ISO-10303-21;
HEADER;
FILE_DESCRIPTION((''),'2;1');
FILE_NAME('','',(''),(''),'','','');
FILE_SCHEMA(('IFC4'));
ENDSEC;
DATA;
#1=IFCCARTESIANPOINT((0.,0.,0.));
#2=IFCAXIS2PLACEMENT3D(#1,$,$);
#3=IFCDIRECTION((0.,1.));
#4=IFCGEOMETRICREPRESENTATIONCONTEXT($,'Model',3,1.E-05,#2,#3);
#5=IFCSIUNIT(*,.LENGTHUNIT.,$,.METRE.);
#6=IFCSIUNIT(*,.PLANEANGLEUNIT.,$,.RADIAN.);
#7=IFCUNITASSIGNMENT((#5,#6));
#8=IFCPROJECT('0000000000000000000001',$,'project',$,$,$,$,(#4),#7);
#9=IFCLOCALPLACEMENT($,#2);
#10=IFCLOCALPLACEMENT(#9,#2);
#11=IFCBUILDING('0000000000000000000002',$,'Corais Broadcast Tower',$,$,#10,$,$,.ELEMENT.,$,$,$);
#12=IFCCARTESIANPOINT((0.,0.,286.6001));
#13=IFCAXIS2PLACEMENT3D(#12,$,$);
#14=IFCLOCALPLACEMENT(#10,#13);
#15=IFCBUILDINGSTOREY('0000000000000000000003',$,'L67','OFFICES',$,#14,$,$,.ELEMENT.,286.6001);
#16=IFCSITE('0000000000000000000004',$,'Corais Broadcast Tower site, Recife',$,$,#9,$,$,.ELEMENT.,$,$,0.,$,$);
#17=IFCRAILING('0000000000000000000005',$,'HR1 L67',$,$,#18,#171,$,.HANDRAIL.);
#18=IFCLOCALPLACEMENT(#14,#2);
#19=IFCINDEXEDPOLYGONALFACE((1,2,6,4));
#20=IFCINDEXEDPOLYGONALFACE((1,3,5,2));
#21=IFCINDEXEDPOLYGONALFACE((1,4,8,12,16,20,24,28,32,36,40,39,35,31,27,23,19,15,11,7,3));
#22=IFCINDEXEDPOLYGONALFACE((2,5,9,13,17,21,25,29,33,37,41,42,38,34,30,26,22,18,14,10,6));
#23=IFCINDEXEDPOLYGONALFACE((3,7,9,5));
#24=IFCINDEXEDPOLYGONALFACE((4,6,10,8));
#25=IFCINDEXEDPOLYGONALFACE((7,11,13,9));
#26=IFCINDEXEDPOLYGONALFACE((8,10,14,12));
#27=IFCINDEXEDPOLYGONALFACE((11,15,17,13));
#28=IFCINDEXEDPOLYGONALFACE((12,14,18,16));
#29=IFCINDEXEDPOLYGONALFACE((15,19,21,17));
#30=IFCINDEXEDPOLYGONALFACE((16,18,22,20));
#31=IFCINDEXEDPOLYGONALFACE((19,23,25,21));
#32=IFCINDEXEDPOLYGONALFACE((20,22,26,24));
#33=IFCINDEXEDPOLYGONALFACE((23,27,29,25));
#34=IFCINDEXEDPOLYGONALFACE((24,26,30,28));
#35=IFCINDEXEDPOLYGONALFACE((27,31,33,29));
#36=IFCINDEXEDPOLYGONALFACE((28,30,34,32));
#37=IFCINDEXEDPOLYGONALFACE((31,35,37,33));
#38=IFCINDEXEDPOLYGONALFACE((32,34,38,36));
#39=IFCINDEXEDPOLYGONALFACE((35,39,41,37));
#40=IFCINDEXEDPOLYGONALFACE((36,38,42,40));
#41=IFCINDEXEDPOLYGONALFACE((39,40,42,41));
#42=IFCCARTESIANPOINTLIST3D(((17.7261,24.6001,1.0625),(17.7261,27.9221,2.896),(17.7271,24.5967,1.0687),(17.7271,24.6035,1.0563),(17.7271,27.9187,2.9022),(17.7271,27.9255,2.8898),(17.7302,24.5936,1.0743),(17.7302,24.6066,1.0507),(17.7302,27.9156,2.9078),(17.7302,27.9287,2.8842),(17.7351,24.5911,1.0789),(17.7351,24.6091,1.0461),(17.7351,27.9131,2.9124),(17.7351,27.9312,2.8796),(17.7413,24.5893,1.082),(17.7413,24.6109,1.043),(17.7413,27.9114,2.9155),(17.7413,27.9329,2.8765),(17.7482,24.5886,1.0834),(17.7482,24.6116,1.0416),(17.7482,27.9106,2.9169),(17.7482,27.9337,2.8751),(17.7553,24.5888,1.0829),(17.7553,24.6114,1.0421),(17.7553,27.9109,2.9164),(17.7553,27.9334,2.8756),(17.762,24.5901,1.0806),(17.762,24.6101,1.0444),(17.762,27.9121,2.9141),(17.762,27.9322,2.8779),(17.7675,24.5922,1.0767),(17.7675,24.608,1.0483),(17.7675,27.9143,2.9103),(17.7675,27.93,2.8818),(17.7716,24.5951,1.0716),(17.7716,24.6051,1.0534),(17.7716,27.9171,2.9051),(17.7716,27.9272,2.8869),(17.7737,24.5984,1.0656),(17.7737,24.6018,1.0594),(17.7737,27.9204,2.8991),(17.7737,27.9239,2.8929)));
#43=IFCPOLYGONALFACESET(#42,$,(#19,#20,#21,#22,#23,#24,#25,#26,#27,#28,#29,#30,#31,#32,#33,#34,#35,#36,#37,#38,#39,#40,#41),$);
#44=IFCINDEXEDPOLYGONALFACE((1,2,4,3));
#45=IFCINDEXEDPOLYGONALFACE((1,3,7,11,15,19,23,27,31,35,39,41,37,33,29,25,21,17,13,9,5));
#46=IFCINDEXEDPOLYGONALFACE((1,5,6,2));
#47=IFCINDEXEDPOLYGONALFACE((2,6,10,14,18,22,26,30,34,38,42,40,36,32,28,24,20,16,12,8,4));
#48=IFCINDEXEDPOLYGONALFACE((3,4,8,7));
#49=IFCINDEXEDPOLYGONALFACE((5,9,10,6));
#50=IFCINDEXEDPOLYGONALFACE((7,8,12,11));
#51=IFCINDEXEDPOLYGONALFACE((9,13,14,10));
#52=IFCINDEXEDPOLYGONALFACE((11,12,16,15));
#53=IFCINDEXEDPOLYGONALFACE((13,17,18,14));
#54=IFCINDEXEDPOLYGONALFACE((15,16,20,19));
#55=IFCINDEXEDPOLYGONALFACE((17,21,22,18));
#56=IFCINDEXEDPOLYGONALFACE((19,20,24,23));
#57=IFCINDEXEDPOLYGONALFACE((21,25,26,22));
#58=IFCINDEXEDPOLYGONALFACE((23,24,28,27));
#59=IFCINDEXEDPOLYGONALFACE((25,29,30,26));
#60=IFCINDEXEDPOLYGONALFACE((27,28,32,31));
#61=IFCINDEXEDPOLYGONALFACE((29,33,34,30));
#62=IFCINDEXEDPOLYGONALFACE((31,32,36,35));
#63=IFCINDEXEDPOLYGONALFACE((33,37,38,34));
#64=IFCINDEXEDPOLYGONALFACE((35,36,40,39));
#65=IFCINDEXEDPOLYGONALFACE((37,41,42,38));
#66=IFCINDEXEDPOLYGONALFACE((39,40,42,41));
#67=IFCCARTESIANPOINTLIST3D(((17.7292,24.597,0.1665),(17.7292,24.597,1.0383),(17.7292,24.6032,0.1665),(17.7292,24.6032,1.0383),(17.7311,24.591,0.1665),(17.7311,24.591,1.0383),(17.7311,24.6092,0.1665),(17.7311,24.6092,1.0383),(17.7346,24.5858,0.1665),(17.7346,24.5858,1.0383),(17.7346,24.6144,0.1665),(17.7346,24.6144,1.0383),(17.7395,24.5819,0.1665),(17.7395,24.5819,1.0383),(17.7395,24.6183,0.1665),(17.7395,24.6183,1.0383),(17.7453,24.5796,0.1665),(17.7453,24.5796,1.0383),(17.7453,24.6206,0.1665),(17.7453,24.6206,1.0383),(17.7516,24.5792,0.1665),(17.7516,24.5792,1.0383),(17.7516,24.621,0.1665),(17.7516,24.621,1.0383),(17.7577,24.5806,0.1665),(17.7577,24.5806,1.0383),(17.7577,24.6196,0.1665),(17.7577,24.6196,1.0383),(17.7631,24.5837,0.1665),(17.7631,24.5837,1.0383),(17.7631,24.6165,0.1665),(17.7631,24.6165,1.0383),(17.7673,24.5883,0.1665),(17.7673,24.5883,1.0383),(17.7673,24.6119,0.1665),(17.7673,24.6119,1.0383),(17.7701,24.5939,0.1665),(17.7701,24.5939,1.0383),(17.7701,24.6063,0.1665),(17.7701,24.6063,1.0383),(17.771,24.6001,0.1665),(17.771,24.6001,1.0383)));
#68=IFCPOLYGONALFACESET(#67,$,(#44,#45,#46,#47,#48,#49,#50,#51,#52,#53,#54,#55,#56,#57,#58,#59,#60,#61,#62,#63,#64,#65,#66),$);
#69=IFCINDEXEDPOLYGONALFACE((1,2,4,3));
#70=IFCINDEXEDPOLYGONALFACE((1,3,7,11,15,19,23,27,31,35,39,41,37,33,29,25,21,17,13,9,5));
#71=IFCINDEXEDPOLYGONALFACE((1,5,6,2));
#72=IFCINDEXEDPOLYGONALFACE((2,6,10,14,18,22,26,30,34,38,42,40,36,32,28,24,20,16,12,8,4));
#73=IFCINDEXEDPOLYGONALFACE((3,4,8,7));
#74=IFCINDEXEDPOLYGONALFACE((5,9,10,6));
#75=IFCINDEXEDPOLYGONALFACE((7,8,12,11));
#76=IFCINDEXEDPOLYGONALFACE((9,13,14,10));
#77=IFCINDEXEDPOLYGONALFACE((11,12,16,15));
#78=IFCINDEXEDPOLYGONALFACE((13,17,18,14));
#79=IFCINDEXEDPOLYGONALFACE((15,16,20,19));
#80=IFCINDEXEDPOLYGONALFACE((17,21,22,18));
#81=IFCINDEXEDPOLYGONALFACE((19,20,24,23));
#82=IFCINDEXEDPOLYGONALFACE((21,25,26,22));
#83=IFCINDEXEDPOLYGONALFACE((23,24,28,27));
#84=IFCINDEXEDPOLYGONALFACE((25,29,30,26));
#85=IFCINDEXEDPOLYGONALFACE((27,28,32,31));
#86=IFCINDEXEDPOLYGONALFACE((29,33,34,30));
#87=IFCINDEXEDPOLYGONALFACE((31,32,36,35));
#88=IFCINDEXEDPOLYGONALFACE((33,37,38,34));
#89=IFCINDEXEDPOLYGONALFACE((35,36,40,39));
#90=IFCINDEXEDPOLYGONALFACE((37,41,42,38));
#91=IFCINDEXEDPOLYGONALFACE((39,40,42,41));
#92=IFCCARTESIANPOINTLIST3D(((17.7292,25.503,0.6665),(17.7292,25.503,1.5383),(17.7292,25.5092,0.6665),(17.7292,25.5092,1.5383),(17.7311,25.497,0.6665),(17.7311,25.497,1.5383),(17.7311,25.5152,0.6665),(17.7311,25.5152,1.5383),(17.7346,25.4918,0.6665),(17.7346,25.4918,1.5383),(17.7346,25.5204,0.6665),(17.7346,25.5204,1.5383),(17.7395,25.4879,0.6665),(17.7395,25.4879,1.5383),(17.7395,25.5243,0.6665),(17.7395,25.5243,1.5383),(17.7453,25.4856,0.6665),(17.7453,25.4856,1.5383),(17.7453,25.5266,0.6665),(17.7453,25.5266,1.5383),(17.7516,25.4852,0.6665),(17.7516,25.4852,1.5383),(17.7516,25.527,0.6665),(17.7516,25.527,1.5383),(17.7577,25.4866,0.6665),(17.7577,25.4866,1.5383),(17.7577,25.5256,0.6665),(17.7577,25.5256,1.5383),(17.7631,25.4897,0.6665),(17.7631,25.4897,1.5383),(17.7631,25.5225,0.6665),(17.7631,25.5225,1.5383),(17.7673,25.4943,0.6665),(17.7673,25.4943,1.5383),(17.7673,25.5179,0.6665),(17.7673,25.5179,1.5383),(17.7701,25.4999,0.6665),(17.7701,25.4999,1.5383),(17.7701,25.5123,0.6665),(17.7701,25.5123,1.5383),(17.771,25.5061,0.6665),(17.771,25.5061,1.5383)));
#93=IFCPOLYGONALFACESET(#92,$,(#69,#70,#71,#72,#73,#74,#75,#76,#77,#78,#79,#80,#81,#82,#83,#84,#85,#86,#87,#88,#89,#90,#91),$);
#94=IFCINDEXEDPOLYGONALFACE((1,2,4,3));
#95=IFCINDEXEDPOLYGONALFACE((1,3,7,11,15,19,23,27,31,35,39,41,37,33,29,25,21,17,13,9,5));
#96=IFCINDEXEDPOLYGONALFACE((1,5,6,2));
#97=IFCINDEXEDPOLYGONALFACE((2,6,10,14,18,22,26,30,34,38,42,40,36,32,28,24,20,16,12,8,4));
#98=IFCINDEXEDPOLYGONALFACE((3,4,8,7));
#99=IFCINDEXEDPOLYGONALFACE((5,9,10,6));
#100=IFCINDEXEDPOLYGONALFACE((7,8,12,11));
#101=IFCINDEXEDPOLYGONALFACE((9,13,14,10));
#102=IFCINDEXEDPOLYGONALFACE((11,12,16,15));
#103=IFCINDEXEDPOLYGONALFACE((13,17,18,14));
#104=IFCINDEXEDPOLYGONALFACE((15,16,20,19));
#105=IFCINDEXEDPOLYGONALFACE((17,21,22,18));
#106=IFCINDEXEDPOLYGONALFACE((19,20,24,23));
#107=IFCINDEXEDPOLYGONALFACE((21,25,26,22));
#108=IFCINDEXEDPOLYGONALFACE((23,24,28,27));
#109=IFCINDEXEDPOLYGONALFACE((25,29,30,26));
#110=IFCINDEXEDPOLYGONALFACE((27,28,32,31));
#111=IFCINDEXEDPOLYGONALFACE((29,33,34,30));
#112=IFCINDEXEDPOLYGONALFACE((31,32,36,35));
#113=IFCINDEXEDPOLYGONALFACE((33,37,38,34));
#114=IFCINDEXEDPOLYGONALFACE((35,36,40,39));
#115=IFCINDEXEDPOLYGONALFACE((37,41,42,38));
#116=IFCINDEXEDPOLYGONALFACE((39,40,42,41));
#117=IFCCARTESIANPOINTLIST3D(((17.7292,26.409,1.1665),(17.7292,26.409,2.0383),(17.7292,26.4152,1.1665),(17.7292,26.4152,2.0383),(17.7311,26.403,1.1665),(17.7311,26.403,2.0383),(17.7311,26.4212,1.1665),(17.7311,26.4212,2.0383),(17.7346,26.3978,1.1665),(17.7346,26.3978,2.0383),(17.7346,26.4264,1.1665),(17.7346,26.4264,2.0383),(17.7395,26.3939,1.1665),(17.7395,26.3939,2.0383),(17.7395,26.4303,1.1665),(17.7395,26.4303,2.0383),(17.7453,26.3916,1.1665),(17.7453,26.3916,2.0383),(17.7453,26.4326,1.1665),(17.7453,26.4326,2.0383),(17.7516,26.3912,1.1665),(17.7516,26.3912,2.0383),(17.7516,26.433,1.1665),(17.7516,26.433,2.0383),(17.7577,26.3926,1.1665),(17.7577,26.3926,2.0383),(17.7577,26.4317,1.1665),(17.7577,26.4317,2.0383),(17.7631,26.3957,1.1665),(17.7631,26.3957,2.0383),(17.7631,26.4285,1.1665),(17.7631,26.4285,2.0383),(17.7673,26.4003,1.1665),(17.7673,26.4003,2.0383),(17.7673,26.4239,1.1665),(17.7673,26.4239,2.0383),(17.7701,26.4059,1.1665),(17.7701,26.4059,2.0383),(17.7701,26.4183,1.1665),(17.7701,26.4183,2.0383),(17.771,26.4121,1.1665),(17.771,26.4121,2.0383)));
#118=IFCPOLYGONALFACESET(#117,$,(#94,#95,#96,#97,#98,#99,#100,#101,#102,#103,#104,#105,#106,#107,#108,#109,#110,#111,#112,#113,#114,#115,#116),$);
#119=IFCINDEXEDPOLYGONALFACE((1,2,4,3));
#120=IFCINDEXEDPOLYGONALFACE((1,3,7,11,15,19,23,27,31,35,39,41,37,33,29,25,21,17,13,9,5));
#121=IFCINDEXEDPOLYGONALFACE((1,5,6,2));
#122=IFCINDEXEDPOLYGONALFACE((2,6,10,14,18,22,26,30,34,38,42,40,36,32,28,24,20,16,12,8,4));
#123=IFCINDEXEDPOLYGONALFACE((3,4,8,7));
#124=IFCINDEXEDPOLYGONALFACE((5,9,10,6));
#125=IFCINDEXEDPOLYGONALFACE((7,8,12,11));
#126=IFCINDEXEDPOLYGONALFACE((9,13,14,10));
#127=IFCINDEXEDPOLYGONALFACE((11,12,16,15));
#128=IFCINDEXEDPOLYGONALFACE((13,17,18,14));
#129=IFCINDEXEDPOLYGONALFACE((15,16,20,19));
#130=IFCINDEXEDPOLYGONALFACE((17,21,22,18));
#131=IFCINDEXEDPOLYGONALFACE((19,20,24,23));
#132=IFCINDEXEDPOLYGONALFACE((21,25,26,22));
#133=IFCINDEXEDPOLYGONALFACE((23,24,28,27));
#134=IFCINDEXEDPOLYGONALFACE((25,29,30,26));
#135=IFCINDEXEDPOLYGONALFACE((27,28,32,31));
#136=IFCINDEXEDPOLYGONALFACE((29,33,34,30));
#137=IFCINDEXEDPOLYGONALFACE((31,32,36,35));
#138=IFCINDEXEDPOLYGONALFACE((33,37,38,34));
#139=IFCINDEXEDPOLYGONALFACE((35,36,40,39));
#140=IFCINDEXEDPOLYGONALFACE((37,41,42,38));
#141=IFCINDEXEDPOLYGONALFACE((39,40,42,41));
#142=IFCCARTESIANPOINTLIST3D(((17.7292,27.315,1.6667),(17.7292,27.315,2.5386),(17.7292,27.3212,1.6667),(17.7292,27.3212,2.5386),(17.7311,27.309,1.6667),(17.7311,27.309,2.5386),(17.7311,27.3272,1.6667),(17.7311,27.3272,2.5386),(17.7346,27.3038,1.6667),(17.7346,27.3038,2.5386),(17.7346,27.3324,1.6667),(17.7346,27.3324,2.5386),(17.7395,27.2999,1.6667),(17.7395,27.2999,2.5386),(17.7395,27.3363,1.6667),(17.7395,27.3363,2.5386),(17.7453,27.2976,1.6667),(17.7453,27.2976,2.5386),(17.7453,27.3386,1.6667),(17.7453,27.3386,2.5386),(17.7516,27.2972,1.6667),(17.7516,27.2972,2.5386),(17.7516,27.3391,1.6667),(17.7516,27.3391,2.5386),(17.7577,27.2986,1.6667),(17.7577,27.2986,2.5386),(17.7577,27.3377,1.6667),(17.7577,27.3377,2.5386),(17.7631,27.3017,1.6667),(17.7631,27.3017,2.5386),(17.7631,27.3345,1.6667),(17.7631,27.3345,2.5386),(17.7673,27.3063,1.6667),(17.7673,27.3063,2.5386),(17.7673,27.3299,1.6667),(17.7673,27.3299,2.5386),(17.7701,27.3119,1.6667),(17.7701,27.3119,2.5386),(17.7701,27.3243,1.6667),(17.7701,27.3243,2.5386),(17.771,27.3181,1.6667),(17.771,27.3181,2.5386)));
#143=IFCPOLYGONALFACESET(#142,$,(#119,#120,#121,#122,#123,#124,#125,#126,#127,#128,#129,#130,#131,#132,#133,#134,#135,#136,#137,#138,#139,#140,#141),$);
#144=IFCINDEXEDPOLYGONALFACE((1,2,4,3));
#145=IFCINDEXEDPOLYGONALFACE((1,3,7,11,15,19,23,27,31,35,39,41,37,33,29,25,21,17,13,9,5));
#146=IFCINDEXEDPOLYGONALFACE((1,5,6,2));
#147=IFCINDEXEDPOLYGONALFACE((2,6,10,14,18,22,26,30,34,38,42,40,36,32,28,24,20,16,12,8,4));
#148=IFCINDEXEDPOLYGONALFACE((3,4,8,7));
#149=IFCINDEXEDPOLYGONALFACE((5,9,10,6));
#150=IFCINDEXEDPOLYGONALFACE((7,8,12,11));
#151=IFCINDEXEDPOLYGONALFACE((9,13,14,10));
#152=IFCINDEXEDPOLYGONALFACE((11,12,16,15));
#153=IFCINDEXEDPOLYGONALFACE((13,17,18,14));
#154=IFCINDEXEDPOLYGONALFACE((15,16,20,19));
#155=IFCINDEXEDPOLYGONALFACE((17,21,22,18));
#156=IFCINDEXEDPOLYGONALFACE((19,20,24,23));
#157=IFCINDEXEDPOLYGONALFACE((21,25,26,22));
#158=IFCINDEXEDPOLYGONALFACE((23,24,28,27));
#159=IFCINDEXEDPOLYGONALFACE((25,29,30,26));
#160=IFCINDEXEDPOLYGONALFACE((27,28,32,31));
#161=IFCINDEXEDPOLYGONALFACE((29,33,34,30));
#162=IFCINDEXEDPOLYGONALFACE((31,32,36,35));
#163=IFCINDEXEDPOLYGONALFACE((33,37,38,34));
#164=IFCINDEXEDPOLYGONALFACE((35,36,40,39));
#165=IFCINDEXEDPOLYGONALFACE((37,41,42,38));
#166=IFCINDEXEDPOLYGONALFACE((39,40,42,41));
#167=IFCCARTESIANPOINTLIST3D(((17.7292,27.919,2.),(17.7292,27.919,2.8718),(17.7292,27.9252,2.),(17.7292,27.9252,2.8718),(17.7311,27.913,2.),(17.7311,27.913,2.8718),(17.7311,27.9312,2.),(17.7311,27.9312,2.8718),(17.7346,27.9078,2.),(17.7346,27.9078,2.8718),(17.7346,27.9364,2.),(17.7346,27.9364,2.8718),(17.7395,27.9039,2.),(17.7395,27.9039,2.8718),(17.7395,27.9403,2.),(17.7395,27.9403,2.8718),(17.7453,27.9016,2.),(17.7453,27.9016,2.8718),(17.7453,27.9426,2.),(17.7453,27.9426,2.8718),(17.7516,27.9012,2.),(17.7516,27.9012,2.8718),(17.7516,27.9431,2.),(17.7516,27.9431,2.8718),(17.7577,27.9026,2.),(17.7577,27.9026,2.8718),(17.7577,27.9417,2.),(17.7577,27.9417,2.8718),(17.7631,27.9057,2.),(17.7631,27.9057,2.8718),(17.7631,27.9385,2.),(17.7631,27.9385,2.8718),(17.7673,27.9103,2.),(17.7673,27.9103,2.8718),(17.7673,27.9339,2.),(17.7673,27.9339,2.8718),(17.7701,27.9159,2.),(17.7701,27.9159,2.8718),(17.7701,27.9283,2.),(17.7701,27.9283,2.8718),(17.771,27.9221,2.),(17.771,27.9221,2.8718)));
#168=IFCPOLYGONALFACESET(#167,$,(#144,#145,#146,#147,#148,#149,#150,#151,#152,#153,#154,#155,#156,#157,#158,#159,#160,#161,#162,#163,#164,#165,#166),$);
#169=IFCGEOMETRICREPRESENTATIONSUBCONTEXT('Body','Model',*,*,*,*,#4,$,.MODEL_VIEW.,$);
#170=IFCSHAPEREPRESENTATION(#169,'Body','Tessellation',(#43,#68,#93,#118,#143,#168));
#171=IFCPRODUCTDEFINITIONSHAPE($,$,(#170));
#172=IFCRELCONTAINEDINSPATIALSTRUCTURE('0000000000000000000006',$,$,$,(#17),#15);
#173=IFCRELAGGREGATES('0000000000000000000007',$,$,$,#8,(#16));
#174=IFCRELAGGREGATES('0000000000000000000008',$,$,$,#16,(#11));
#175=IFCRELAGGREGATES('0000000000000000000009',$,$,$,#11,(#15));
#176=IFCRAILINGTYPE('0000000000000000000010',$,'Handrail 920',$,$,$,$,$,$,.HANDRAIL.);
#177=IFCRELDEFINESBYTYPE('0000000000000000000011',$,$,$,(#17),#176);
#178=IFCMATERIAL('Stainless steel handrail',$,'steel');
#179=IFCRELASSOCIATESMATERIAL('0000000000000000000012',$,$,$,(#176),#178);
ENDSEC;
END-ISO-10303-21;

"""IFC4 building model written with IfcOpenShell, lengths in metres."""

from ifc_helpers import new_model, si_unit, direction, frame, origin, origin_2d, place, context, subcontext, project, spatial, circle, extrude, material, type_object, element, save


model = new_model("IFC4")

# Units and contexts
model_context = context("Model", 3, precision=1e-05, world=origin(), true_north=direction((0.0, 1.0)))
body_context = subcontext(model_context, "Body", "Model", "MODEL_VIEW")
ifc_project = project(units=[si_unit("LENGTHUNIT", "METRE"), si_unit("PLANEANGLEUNIT", "RADIAN")], contexts=[model_context])

# Site, building, storey
site_placement = place(None, origin())
site = spatial("IfcSite", under=ifc_project, at=site_placement, Name="Corais Broadcast Tower site, Recife", CompositionType="ELEMENT", RefElevation=0.0)
building_placement = place(site_placement, origin())
building = spatial("IfcBuilding", under=site, at=building_placement, Name="Corais Broadcast Tower", CompositionType="ELEMENT")
storey_placement = place(building_placement, frame((0.0, 0.0, 286.6001)))
storey = spatial("IfcBuildingStorey", under=building, at=storey_placement, Name="L67", Description="OFFICES", CompositionType="ELEMENT", Elevation=286.6001)

# Railing
ifc_material_1 = material(Name="Stainless steel handrail", Category="steel")
railing_type = type_object("IfcRailingType", Name="Handrail 920", PredefinedType="HANDRAIL", material=ifc_material_1)
for number, where, name in (
    (1, (17.75, 24.6001, 0.1665), "HR1 L67"),
):
    element("IfcRailing", number, at=place(storey_placement, frame(where)), inside=storey, type_object=railing_type, Name=name, PredefinedType="HANDRAIL", context=body_context, shape_type="SweptSolid", body=[
        extrude(circle(Radius=0.0239, at=origin_2d()), frame((0.0, 0.0, 0.896), z_axis=(0.0, 0.875504, 0.48321), x_axis=(-1.0, 0.0, 0.0)), (0.0, 0.0, 1.0), 3.7944),
        extrude(circle(Radius=0.021, at=origin_2d()), origin(), (0.0, 0.0, 1.0), 0.8718),
        extrude(circle(Radius=0.021, at=origin_2d()), frame((0.0, 0.906, 0.5)), (0.0, 0.0, 1.0), 0.8718),
        extrude(circle(Radius=0.021, at=origin_2d()), frame((0.0, 1.812, 1.0)), (0.0, 0.0, 1.0), 0.8718),
        extrude(circle(Radius=0.021, at=origin_2d()), frame((0.0, 2.718, 1.5002)), (0.0, 0.0, 1.0), 0.8718),
        extrude(circle(Radius=0.021, at=origin_2d()), frame((0.0, 3.322, 1.8335)), (0.0, 0.0, 1.0), 0.8718),
    ])

save(model, "model.ifc")
